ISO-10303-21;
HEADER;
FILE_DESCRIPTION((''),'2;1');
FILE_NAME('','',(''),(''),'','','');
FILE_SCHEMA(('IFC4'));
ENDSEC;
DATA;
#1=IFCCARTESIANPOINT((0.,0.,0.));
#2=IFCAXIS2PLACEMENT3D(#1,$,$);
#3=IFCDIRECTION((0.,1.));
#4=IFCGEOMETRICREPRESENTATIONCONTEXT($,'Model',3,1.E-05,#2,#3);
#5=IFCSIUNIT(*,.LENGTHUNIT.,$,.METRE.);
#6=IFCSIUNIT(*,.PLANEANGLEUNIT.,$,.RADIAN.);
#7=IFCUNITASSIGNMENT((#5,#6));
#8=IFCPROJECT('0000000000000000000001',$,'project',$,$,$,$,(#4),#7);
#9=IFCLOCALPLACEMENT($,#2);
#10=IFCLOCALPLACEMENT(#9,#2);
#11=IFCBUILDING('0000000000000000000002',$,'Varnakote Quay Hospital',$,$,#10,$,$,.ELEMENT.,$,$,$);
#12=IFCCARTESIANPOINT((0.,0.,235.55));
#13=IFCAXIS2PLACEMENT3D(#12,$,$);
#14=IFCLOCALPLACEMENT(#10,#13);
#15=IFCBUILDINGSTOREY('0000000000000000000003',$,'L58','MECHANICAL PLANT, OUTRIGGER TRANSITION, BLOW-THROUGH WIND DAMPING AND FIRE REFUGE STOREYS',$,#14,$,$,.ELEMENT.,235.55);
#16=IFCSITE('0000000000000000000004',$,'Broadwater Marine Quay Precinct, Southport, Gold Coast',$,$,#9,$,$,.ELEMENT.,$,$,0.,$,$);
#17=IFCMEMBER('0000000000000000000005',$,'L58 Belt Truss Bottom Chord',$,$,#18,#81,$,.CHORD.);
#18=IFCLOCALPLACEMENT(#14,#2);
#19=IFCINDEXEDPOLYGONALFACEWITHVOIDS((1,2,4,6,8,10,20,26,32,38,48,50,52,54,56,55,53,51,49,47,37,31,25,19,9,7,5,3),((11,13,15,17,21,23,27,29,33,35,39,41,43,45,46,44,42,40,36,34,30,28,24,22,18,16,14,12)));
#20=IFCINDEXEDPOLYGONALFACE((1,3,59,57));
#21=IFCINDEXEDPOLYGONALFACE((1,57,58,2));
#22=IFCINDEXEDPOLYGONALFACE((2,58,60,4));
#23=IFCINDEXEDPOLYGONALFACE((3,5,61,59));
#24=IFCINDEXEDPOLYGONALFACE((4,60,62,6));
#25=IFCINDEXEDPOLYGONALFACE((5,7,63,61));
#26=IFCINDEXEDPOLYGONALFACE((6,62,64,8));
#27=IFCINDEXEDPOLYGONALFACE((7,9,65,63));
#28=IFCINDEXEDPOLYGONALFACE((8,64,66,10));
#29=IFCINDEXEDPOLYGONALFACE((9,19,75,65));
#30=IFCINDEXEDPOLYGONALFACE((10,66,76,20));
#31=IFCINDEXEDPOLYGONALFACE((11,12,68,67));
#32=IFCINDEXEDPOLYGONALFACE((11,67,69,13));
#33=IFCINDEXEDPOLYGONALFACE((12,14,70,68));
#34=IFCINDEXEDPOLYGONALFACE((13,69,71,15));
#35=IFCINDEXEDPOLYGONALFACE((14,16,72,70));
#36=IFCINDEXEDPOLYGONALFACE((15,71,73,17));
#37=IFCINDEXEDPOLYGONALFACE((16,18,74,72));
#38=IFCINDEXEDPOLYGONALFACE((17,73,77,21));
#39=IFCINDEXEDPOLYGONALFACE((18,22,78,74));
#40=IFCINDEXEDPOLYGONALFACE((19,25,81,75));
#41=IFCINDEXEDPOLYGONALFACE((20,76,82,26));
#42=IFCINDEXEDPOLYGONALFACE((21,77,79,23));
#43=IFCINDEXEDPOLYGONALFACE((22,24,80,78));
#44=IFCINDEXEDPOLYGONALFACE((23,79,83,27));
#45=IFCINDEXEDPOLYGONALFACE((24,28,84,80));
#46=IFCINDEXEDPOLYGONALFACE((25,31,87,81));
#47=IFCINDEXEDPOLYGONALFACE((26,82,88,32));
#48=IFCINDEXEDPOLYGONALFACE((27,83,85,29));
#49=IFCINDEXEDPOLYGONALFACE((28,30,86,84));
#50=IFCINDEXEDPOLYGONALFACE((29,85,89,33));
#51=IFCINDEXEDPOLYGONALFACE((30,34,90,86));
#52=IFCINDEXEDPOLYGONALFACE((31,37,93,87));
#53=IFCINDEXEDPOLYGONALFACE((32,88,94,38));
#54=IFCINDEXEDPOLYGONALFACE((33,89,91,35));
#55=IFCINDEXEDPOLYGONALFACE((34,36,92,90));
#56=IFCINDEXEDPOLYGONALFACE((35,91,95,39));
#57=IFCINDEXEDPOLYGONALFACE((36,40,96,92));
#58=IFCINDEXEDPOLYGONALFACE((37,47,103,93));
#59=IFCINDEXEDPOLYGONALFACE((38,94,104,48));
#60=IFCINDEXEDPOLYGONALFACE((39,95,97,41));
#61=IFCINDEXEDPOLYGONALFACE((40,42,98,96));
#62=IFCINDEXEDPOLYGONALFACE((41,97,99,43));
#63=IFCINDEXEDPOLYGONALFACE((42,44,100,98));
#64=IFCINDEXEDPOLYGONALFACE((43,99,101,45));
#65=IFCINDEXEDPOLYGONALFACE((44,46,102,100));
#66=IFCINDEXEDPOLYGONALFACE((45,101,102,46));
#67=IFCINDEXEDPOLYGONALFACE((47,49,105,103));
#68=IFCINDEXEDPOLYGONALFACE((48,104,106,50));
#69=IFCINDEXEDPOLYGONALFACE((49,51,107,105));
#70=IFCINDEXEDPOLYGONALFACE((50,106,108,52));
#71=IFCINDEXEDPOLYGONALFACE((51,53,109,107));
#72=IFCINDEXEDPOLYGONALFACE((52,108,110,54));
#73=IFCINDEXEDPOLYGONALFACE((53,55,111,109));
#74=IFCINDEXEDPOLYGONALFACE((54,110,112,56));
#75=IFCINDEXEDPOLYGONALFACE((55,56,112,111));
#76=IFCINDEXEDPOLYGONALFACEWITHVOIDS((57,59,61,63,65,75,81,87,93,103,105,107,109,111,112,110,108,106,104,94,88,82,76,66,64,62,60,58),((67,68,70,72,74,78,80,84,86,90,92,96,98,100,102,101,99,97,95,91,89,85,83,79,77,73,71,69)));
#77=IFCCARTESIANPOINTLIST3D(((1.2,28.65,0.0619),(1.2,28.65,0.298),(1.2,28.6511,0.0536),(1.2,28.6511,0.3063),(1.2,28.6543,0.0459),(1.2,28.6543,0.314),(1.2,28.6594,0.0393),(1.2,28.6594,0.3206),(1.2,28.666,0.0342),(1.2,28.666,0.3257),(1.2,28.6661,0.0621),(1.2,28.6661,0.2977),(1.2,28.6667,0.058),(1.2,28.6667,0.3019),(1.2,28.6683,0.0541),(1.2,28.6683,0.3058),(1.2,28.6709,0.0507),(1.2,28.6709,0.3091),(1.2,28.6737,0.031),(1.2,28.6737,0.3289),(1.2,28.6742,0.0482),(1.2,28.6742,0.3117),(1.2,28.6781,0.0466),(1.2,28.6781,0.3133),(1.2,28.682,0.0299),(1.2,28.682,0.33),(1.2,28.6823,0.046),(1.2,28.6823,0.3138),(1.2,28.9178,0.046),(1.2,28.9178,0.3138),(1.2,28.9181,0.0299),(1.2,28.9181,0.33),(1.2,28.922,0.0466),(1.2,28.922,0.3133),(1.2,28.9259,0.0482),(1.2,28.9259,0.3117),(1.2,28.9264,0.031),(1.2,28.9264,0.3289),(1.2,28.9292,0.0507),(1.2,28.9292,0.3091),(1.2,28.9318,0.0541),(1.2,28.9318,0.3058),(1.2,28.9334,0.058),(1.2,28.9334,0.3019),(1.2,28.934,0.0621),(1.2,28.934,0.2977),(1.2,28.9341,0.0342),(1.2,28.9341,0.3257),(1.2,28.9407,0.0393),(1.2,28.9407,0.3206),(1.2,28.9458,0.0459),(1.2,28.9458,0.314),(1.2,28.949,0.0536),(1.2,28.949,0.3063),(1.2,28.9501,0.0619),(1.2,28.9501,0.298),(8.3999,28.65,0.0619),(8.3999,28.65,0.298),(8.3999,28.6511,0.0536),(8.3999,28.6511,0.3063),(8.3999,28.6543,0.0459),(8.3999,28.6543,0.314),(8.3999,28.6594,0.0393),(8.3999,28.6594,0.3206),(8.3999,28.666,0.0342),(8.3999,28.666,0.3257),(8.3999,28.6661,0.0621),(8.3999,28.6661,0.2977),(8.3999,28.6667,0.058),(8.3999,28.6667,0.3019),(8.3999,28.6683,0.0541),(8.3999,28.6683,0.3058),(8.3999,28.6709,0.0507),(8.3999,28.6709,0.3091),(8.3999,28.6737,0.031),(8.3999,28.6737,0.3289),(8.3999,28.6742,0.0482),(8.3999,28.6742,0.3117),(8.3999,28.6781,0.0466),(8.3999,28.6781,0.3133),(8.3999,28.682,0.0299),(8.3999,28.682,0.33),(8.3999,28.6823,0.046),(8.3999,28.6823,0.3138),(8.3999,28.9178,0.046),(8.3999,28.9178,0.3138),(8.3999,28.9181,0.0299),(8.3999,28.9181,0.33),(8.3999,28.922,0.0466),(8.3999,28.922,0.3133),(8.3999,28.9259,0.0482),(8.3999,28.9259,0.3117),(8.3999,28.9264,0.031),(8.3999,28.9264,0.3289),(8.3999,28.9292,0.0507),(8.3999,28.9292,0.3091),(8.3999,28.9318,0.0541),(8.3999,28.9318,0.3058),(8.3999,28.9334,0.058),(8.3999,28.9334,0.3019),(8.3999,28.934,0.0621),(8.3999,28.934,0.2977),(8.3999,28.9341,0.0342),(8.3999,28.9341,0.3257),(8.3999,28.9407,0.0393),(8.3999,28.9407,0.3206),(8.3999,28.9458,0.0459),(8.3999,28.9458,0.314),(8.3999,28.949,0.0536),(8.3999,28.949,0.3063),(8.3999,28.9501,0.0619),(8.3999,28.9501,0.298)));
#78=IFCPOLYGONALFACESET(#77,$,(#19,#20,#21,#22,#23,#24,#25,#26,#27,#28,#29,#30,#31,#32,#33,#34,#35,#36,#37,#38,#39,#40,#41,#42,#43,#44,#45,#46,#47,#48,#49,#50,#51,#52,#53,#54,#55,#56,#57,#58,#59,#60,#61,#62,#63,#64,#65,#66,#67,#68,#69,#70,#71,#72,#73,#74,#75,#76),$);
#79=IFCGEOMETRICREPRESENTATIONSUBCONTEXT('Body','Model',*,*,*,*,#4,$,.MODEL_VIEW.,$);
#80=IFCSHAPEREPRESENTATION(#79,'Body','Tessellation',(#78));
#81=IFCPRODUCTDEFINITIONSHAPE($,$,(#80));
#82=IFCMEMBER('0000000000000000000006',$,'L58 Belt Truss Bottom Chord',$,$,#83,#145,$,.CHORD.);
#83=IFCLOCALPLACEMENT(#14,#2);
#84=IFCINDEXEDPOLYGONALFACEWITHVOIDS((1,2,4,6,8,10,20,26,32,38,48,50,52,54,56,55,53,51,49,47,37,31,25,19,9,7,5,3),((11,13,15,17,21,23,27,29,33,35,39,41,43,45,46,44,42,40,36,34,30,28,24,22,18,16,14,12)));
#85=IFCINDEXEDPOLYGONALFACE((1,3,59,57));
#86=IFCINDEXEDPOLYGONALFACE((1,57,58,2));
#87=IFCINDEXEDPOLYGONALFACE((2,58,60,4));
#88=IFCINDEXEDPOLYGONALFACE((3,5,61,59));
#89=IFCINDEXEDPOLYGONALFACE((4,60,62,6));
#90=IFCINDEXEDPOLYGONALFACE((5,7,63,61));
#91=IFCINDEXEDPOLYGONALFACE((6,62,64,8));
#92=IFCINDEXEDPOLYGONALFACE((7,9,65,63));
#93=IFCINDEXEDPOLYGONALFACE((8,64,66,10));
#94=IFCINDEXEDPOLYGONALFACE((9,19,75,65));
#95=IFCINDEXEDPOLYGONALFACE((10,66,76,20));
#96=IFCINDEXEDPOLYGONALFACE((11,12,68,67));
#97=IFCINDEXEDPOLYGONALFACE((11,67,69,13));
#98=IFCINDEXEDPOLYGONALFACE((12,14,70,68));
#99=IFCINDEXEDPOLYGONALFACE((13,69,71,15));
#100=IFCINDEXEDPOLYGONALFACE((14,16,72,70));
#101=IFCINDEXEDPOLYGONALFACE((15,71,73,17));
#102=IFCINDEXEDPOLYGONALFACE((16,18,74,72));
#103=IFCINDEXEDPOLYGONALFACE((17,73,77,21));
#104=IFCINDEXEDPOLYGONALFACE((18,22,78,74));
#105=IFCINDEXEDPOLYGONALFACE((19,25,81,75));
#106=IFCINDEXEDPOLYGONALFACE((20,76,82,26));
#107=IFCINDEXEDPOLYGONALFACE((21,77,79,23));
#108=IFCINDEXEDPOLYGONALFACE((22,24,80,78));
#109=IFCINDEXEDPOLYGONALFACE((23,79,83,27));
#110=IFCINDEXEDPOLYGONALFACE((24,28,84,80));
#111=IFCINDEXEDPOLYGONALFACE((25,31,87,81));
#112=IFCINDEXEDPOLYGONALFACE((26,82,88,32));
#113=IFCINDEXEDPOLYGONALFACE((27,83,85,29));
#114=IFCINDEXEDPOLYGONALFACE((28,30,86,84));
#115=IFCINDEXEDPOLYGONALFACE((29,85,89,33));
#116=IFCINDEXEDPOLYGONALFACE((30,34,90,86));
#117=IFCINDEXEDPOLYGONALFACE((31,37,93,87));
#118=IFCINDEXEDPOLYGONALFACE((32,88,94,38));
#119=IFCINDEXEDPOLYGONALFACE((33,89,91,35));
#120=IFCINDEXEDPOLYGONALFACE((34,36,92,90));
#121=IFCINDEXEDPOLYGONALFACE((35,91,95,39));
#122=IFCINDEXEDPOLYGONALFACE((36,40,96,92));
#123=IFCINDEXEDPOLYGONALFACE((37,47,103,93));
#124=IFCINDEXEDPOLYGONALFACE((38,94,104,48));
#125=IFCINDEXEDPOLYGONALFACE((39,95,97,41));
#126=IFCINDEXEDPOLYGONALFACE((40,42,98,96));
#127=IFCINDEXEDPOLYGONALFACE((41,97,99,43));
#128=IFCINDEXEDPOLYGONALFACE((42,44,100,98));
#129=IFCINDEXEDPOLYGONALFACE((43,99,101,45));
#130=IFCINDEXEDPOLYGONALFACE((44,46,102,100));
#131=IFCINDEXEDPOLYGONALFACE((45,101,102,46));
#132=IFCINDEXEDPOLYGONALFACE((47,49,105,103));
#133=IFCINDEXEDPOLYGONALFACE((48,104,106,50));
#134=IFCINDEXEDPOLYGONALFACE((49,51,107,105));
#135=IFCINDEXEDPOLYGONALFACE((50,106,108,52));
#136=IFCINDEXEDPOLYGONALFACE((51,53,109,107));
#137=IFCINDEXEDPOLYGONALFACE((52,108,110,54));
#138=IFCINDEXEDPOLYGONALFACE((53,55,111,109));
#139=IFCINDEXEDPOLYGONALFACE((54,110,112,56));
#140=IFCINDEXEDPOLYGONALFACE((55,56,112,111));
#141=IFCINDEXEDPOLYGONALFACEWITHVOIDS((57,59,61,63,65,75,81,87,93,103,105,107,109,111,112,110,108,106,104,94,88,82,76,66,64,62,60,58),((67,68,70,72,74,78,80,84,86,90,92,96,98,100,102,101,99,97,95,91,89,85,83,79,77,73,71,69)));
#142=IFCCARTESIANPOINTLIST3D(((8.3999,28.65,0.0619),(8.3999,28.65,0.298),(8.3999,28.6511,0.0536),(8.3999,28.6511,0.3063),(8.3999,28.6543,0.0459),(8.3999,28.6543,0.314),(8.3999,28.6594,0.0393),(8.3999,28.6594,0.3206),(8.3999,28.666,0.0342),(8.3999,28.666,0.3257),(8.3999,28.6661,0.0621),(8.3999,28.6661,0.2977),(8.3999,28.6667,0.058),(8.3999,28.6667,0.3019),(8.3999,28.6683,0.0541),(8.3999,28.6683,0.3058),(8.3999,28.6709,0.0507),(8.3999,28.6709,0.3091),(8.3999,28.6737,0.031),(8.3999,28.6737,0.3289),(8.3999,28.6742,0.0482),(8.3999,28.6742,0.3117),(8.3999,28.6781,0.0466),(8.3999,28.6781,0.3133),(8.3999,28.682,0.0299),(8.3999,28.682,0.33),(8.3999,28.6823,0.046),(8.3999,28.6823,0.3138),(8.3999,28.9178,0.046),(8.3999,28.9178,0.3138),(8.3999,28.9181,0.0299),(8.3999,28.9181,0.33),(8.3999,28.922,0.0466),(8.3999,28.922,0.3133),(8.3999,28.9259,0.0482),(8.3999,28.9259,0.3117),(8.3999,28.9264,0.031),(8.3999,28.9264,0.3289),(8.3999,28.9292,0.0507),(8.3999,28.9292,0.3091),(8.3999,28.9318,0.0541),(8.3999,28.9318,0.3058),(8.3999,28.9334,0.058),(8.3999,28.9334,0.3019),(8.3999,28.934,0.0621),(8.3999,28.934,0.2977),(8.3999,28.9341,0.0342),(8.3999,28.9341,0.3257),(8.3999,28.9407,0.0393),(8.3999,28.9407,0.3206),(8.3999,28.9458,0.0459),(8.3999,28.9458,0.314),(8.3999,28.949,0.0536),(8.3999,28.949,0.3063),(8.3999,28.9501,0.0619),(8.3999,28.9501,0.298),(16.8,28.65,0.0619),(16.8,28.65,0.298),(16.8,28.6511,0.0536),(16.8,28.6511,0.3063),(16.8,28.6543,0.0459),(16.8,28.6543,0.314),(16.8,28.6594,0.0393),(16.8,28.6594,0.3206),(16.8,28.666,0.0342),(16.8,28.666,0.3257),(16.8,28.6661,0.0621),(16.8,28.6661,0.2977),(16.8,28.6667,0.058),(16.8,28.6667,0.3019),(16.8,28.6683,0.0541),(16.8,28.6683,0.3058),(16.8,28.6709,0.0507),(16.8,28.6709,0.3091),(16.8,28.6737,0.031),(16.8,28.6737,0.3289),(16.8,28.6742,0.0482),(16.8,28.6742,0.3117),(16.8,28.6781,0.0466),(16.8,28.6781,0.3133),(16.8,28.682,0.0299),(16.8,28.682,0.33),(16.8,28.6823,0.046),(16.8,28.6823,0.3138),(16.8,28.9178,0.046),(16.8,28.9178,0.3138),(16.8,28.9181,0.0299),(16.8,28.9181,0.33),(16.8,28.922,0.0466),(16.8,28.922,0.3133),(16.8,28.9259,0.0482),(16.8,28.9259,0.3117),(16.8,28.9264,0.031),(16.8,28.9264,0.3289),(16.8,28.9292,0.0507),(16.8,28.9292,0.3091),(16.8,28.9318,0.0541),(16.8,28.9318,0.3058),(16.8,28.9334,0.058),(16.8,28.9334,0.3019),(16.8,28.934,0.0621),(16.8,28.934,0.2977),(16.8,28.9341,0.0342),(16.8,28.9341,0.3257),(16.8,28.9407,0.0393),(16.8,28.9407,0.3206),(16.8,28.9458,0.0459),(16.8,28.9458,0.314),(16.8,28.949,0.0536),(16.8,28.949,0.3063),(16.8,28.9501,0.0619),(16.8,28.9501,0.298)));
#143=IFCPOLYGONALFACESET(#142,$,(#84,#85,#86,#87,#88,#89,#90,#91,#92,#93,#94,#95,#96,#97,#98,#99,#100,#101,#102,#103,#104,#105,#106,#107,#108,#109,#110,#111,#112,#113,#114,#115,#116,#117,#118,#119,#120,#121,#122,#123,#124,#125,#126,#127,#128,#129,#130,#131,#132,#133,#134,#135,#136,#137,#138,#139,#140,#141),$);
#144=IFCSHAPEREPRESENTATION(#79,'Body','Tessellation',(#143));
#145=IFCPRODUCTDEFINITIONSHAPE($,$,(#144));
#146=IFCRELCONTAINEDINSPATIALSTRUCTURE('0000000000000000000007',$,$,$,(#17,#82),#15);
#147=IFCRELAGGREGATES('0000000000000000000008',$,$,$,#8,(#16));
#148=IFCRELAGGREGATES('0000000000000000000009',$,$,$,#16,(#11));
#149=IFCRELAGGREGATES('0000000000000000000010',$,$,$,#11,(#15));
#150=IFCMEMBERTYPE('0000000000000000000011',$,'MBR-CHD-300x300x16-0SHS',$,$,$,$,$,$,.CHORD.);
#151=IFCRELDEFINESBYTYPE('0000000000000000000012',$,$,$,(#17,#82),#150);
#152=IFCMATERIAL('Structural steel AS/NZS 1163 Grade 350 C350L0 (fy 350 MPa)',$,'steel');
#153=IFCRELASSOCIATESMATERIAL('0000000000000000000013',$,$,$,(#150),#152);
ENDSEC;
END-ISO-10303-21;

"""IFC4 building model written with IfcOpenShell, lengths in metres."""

from ifc_helpers import new_model, si_unit, direction, frame, origin, origin_2d, place, context, subcontext, project, spatial, hollow_rectangle, extrude, material, material_profile, profile_set, type_object, element, save


model = new_model("IFC4")

# Units and contexts
model_context = context("Model", 3, precision=1e-05, world=origin(), true_north=direction((0.0, 1.0)))
body_context = subcontext(model_context, "Body", "Model", "MODEL_VIEW")
ifc_project = project(units=[si_unit("LENGTHUNIT", "METRE"), si_unit("PLANEANGLEUNIT", "RADIAN")], contexts=[model_context])

# Site, building, storey
site_placement = place(None, origin())
site = spatial("IfcSite", under=ifc_project, at=site_placement, Name="Broadwater Marine Quay Precinct, Southport, Gold Coast", CompositionType="ELEMENT", RefElevation=0.0)
building_placement = place(site_placement, origin())
building = spatial("IfcBuilding", under=site, at=building_placement, Name="Varnakote Quay Hospital", CompositionType="ELEMENT")
storey_placement = place(building_placement, frame((0.0, 0.0, 235.55)))
storey = spatial("IfcBuildingStorey", under=building, at=storey_placement, Name="L58", Description="MECHANICAL PLANT, OUTRIGGER TRANSITION, BLOW-THROUGH WIND DAMPING AND FIRE REFUGE STOREYS", CompositionType="ELEMENT", Elevation=235.55)

# Members
ifc_material_1 = material(Name="Structural steel AS/NZS 1163 Grade 350 C350L0 (fy 350 MPa)", Category="steel")
ifc_material_profile_1 = material_profile(ifc_material_1, hollow_rectangle(XDim=0.3, YDim=0.3, WallThickness=0.0161, InnerFilletRadius=0.0161, OuterFilletRadius=0.032, at=origin_2d()), Name="300x300x16.0SHS")
ifc_profile_set_1 = profile_set([ifc_material_profile_1], Name="Structural steel AS/NZS 1163 Grade 350 C350L0 (fy 350 MPa)")
member_type_1 = type_object("IfcMemberType", Name="MBR-CHD-300x300x16-0SHS", PredefinedType="CHORD", material=ifc_profile_set_1)
member_1_placement = place(storey_placement, frame((1.2, 28.8, 0.1799), z_axis=(1.0, 0.0, 0.0), x_axis=(0.0, 1.0, 0.0)))
element("IfcMember", 1, at=member_1_placement, inside=storey, type_object=member_type_1, Name="L58 Belt Truss Bottom Chord", PredefinedType="CHORD", context=body_context, shape_type="SweptSolid", body=[
    extrude(hollow_rectangle(XDim=0.3, YDim=0.3, WallThickness=0.0161, InnerFilletRadius=0.0161, OuterFilletRadius=0.032, at=origin_2d()), origin(), (0.0, 0.0, 1.0), 7.2),
])
member_2_placement = place(storey_placement, frame((8.3999, 28.8, 0.1799), z_axis=(1.0, 0.0, 0.0), x_axis=(0.0, 1.0, 0.0)))
element("IfcMember", 2, at=member_2_placement, inside=storey, type_object=member_type_1, Name="L58 Belt Truss Bottom Chord", PredefinedType="CHORD", context=body_context, shape_type="SweptSolid", body=[
    extrude(hollow_rectangle(XDim=0.3, YDim=0.3, WallThickness=0.0161, InnerFilletRadius=0.0161, OuterFilletRadius=0.032, at=origin_2d()), origin(), (0.0, 0.0, 1.0), 8.4001),
])

save(model, "model.ifc")
